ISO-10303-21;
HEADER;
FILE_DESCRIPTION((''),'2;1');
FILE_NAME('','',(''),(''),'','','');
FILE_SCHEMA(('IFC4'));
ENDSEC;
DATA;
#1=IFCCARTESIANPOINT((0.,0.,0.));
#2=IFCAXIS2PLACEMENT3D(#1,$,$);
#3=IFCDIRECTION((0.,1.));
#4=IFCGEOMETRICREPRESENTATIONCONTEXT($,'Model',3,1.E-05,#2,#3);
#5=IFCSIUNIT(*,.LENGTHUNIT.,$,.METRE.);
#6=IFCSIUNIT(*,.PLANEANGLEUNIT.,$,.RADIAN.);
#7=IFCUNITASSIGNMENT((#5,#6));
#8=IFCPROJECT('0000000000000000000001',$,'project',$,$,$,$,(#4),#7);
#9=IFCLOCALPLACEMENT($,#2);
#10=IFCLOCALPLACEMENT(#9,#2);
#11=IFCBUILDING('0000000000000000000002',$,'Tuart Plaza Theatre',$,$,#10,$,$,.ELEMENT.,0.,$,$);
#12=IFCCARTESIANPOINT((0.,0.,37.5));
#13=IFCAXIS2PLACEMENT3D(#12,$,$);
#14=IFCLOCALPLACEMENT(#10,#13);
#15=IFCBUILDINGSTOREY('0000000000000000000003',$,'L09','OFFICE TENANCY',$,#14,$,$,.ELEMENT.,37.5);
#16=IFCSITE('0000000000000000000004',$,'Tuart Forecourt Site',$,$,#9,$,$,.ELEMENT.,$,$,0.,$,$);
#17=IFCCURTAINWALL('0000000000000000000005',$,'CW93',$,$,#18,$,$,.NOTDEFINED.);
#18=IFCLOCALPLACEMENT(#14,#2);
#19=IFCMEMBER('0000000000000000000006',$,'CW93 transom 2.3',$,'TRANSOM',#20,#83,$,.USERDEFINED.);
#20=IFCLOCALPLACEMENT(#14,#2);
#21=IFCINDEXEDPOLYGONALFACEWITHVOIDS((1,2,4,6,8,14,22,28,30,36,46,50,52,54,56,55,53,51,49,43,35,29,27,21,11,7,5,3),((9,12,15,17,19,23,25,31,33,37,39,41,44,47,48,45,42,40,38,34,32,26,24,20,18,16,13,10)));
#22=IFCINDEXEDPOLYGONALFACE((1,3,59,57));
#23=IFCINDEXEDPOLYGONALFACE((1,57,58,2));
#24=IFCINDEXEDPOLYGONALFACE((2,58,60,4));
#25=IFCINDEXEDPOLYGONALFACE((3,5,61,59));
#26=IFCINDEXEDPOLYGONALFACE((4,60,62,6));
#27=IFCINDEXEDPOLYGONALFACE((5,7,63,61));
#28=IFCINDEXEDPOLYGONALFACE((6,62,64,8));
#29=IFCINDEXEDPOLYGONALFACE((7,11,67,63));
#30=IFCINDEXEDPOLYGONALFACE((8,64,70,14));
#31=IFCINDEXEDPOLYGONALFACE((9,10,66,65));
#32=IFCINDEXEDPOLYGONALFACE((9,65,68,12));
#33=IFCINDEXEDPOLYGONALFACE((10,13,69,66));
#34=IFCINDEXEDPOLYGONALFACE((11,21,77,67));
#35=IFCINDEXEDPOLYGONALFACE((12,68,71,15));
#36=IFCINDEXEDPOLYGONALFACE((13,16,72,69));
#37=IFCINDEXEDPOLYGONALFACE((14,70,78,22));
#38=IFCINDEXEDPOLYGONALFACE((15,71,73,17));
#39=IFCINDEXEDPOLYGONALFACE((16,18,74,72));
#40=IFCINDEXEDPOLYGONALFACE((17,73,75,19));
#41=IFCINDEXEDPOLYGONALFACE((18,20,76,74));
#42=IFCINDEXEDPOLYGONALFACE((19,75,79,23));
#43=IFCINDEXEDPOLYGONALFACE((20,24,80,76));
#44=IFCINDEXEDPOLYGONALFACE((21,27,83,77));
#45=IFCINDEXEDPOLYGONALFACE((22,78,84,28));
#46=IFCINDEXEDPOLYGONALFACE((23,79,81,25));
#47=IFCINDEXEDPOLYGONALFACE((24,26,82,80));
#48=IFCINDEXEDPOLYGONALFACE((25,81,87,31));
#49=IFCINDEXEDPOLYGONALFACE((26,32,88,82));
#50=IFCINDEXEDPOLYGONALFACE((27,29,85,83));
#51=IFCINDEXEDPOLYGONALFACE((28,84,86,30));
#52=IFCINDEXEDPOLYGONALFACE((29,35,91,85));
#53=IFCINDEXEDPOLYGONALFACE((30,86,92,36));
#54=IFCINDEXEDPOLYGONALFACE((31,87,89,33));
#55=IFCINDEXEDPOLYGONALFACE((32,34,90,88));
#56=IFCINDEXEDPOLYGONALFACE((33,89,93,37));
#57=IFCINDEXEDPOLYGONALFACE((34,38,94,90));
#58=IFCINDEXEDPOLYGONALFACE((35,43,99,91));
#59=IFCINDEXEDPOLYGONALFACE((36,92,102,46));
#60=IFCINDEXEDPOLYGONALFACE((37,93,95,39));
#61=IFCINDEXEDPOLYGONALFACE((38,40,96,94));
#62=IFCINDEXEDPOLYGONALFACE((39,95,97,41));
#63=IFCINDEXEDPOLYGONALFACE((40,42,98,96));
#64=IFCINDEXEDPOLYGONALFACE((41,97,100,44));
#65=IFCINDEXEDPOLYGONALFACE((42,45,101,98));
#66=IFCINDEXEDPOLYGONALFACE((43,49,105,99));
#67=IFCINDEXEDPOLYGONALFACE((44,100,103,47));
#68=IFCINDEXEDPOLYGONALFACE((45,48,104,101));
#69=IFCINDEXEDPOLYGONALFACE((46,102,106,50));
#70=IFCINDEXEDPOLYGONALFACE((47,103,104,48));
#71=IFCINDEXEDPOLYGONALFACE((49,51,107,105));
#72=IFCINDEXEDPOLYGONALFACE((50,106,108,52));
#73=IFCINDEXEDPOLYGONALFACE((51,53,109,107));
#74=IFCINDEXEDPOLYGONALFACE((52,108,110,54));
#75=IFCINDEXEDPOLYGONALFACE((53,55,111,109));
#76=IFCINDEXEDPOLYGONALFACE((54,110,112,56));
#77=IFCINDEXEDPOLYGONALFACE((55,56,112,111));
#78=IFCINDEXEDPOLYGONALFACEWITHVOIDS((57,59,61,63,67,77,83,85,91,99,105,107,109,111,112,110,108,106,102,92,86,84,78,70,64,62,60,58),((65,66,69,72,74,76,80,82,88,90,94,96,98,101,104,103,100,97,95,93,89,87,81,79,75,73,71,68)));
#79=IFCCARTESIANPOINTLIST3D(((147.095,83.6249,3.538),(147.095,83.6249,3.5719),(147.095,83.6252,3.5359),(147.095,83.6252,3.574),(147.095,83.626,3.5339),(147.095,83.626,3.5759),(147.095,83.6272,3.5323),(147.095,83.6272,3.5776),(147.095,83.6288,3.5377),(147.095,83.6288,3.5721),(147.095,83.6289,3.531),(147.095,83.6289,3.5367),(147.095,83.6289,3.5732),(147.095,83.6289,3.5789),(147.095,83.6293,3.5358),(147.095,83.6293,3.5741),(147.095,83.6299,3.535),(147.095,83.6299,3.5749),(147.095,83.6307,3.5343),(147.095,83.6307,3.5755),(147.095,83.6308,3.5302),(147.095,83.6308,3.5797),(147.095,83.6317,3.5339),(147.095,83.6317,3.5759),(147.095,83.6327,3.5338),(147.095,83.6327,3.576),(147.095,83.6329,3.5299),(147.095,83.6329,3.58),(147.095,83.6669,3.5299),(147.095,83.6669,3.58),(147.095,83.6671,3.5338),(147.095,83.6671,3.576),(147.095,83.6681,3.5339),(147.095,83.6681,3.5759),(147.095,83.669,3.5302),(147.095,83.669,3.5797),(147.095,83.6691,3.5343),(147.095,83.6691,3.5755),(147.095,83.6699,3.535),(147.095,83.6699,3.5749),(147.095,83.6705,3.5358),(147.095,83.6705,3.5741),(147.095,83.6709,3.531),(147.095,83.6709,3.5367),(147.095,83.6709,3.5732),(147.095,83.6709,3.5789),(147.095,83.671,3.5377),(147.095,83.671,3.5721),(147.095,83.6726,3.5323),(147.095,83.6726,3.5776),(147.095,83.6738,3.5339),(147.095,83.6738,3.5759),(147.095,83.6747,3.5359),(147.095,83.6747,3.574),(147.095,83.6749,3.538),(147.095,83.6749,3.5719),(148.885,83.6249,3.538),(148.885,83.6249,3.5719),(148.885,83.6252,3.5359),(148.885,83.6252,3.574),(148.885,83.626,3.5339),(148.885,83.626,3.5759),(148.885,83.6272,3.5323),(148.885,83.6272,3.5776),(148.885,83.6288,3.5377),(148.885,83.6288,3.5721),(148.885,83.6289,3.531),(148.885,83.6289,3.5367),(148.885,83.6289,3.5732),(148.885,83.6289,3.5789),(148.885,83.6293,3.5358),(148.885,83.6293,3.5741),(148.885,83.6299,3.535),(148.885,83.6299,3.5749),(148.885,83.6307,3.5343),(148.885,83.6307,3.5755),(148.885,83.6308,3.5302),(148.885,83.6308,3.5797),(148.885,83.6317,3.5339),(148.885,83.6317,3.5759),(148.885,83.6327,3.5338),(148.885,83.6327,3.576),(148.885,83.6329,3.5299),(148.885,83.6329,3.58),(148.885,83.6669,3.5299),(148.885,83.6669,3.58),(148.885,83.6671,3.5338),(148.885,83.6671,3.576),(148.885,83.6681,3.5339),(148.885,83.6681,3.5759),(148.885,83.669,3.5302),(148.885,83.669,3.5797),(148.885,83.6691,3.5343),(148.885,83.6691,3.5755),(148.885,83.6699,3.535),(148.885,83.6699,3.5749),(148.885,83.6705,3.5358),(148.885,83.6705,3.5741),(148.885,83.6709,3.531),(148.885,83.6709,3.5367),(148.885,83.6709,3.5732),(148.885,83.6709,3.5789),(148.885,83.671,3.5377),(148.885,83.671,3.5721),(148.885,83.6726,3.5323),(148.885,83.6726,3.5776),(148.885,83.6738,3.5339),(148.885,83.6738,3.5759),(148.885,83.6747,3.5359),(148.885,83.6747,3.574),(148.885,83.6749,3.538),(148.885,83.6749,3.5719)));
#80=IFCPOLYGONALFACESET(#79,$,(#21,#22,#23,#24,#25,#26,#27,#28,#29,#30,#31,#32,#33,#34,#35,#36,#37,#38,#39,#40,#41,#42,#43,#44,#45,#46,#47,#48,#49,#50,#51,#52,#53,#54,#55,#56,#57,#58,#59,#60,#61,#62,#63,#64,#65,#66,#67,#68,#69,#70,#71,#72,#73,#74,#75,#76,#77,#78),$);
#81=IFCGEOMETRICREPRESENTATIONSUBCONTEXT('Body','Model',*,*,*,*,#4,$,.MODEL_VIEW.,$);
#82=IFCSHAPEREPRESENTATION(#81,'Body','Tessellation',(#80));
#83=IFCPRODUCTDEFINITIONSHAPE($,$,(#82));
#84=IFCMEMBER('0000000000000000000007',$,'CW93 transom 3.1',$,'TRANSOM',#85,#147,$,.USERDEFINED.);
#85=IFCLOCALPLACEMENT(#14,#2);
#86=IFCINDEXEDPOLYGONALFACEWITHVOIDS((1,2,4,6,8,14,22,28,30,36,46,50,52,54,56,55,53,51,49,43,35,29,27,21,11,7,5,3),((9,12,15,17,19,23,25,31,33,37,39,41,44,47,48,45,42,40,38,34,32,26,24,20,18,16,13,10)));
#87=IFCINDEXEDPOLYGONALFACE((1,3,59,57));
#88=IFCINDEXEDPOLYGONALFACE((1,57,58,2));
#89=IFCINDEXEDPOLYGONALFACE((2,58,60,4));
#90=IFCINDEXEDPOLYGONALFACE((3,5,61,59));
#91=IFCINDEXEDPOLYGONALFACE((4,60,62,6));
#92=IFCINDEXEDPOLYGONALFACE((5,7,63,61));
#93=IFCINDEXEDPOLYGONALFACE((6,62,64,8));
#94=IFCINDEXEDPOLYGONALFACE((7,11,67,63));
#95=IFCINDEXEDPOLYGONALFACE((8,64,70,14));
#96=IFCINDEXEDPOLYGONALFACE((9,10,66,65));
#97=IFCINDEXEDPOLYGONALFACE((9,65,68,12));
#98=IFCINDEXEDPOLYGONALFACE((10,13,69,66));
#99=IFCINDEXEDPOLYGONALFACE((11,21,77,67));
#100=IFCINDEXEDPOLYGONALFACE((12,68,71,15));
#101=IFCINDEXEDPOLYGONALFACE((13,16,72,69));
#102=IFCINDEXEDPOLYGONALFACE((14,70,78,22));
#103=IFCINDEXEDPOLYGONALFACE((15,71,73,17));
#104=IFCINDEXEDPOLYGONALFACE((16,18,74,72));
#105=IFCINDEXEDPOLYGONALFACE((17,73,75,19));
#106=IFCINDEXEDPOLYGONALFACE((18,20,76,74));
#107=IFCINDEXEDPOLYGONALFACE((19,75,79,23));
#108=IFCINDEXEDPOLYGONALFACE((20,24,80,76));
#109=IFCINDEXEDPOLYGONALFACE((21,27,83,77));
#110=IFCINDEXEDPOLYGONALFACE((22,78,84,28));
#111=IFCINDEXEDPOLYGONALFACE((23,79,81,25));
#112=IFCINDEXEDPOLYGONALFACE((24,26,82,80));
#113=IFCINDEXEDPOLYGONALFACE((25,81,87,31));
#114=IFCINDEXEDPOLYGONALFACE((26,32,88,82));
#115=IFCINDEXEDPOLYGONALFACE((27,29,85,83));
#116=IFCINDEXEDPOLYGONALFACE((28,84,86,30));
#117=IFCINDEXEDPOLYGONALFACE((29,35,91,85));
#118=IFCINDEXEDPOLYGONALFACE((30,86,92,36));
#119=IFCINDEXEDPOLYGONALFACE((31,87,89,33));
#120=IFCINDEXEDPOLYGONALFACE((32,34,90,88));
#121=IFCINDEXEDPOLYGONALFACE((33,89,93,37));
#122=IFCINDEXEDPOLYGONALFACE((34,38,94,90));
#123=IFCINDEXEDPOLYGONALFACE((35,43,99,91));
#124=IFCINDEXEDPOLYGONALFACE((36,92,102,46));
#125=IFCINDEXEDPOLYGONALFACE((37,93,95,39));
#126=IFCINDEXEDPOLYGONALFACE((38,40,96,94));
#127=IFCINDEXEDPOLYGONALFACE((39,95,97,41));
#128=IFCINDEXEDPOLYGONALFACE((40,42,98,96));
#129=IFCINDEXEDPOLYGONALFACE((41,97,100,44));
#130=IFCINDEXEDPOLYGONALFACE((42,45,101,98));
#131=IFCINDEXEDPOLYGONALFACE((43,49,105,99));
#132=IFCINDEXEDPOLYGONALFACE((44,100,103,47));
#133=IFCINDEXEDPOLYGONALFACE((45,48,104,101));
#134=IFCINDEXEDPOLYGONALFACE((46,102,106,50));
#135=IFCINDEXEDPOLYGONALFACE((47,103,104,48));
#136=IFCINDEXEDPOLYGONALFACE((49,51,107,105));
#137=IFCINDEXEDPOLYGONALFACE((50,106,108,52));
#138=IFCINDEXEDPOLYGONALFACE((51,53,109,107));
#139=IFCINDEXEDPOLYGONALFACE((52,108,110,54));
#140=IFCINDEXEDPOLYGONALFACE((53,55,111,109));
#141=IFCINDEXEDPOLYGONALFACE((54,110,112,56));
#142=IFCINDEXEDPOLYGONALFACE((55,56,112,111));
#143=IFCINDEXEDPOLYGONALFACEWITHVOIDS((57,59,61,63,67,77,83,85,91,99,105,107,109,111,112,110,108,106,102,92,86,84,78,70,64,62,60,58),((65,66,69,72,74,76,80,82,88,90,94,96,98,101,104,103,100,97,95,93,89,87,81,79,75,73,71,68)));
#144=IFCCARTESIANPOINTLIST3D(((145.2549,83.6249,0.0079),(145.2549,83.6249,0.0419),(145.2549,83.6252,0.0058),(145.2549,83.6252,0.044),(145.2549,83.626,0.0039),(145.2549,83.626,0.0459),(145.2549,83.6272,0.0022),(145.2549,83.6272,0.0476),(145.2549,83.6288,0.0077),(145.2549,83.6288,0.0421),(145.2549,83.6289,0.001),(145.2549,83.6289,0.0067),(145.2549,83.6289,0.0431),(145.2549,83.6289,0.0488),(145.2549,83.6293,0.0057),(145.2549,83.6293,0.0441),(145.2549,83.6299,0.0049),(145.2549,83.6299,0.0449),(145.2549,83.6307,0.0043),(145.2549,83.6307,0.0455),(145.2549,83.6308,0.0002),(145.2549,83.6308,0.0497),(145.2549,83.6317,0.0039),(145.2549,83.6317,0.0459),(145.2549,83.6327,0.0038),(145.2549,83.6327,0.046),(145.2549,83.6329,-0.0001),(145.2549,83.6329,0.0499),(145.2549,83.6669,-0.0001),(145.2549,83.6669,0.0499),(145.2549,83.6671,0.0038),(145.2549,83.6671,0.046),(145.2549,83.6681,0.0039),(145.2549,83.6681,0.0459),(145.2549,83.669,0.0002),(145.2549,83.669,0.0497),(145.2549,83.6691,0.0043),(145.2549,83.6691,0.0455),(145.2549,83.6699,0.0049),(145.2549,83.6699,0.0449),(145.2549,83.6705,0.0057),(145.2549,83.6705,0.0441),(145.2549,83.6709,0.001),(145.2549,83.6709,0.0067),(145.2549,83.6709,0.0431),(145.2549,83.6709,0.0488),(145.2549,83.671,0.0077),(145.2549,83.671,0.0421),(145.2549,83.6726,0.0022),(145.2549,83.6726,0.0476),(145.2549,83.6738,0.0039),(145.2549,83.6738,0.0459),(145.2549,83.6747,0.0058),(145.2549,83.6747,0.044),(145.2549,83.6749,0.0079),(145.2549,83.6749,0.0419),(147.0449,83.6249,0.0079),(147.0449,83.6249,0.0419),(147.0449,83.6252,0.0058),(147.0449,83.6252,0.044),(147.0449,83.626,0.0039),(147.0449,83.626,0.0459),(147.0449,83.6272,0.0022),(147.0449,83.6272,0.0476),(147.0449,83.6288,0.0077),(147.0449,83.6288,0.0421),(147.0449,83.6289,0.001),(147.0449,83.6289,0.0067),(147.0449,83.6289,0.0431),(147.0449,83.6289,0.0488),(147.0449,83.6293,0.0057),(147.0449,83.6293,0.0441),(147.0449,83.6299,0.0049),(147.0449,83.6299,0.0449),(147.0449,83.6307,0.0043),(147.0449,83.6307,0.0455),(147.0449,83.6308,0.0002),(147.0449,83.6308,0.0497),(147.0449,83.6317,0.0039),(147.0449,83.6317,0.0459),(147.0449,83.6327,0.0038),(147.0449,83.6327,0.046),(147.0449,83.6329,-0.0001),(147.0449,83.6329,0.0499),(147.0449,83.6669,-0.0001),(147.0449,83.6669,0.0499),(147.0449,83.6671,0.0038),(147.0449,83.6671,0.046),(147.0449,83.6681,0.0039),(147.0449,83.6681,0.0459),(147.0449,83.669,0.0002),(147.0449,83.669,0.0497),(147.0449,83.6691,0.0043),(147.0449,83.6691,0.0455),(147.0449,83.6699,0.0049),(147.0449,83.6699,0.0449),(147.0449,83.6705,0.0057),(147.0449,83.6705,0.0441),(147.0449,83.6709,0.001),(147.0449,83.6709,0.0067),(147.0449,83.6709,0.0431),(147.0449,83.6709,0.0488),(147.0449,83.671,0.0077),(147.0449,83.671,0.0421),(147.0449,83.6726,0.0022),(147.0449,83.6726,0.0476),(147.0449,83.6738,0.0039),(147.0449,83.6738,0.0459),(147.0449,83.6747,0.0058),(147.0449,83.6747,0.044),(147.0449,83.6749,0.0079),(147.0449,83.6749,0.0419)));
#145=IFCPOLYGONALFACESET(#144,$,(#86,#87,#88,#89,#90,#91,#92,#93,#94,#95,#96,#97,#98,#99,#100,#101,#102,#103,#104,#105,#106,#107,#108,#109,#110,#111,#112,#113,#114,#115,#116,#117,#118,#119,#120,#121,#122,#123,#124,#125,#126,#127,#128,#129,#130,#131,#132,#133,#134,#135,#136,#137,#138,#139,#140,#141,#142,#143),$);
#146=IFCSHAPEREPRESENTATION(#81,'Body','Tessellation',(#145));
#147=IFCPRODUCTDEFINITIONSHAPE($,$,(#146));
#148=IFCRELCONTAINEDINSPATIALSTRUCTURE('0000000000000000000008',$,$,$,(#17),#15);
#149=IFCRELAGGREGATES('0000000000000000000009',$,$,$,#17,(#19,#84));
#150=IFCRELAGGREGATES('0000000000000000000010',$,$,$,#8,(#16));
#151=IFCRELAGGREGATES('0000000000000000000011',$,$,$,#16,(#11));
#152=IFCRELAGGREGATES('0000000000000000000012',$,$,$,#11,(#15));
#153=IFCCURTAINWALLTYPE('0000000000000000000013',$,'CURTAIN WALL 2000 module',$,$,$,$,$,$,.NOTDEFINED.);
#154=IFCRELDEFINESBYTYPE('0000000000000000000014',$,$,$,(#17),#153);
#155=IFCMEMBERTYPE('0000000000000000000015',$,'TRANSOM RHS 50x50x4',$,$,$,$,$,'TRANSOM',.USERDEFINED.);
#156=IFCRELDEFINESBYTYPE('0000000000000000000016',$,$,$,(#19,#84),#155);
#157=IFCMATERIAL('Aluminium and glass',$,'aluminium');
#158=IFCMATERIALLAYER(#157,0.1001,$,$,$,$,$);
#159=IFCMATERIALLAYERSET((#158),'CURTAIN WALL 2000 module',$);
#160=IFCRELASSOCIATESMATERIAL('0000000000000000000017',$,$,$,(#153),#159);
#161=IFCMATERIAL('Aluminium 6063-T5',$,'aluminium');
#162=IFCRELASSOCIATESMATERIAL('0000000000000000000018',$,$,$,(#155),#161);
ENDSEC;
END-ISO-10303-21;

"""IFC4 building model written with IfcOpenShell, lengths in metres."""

from ifc_helpers import new_model, si_unit, direction, frame, origin, origin_2d, place, context, subcontext, project, spatial, hollow_rectangle, extrude, material, layer, layer_set, material_profile, profile_set, type_object, element, aggregate, save


model = new_model("IFC4")

# Units and contexts
model_context = context("Model", 3, precision=1e-05, world=origin(), true_north=direction((0.0, 1.0)))
body_context = subcontext(model_context, "Body", "Model", "MODEL_VIEW")
ifc_project = project(units=[si_unit("LENGTHUNIT", "METRE"), si_unit("PLANEANGLEUNIT", "RADIAN")], contexts=[model_context])

# Site, building, storey
site_placement = place(None, origin())
site = spatial("IfcSite", under=ifc_project, at=site_placement, Name="Tuart Forecourt Site", CompositionType="ELEMENT", RefElevation=0.0)
building_placement = place(site_placement, origin())
building = spatial("IfcBuilding", under=site, at=building_placement, Name="Tuart Plaza Theatre", CompositionType="ELEMENT", ElevationOfRefHeight=0.0)
storey_placement = place(building_placement, frame((0.0, 0.0, 37.5)))
storey = spatial("IfcBuildingStorey", under=building, at=storey_placement, Name="L09", Description="OFFICE TENANCY", CompositionType="ELEMENT", Elevation=37.5)

# Curtain wall
ifc_material_1 = material(Name="Aluminium and glass", Category="aluminium")
ifc_layer_1 = layer(ifc_material_1, 0.1001)
ifc_layer_set_1 = layer_set([ifc_layer_1], Name="CURTAIN WALL 2000 module")
curtain_wall_type_1 = type_object("IfcCurtainWallType", Name="CURTAIN WALL 2000 module", PredefinedType="NOTDEFINED", material=ifc_layer_set_1)
curtain_wall_1_placement = place(storey_placement, origin())
curtain_wall_1 = element("IfcCurtainWall", 1, at=curtain_wall_1_placement, inside=storey, type_object=curtain_wall_type_1, Name="CW93", PredefinedType="NOTDEFINED")

# Members
ifc_material_2 = material(Name="Aluminium 6063-T5", Category="aluminium")
ifc_material_profile_1 = material_profile(ifc_material_2, hollow_rectangle(XDim=0.05, YDim=0.05, WallThickness=0.0039, InnerFilletRadius=0.0039, OuterFilletRadius=0.0081, at=origin_2d()), Name="RHS 50x50x4")
ifc_profile_set_1 = profile_set([ifc_material_profile_1], Name="Aluminium 6063-T5")
member_type_1 = type_object("IfcMemberType", Name="TRANSOM RHS 50x50x4", ElementType="TRANSOM", PredefinedType="USERDEFINED", material=ifc_profile_set_1)
member_1_placement = place(storey_placement, frame((148.885, 83.6499, 3.5549), z_axis=(-1.0, 0.0, 0.0), x_axis=(0.0, -1.0, 0.0)))
member_1 = element("IfcMember", 2, at=member_1_placement, type_object=member_type_1, Name="CW93 transom 2.3", ObjectType="TRANSOM", PredefinedType="USERDEFINED", context=body_context, shape_type="SweptSolid", body=[
    extrude(hollow_rectangle(XDim=0.05, YDim=0.05, WallThickness=0.0039, InnerFilletRadius=0.0039, OuterFilletRadius=0.0081, at=origin_2d()), origin(), (0.0, 0.0, 1.0), 1.79),
])
member_2_placement = place(storey_placement, frame((147.0449, 83.6499, 0.0249), z_axis=(-1.0, 0.0, 0.0), x_axis=(0.0, -1.0, 0.0)))
member_2 = element("IfcMember", 3, at=member_2_placement, type_object=member_type_1, Name="CW93 transom 3.1", ObjectType="TRANSOM", PredefinedType="USERDEFINED", context=body_context, shape_type="SweptSolid", body=[
    extrude(hollow_rectangle(XDim=0.05, YDim=0.05, WallThickness=0.0039, InnerFilletRadius=0.0039, OuterFilletRadius=0.0081, at=origin_2d()), origin(), (0.0, 0.0, 1.0), 1.79),
])

aggregate(curtain_wall_1, [member_1, member_2])

save(model, "model.ifc")
